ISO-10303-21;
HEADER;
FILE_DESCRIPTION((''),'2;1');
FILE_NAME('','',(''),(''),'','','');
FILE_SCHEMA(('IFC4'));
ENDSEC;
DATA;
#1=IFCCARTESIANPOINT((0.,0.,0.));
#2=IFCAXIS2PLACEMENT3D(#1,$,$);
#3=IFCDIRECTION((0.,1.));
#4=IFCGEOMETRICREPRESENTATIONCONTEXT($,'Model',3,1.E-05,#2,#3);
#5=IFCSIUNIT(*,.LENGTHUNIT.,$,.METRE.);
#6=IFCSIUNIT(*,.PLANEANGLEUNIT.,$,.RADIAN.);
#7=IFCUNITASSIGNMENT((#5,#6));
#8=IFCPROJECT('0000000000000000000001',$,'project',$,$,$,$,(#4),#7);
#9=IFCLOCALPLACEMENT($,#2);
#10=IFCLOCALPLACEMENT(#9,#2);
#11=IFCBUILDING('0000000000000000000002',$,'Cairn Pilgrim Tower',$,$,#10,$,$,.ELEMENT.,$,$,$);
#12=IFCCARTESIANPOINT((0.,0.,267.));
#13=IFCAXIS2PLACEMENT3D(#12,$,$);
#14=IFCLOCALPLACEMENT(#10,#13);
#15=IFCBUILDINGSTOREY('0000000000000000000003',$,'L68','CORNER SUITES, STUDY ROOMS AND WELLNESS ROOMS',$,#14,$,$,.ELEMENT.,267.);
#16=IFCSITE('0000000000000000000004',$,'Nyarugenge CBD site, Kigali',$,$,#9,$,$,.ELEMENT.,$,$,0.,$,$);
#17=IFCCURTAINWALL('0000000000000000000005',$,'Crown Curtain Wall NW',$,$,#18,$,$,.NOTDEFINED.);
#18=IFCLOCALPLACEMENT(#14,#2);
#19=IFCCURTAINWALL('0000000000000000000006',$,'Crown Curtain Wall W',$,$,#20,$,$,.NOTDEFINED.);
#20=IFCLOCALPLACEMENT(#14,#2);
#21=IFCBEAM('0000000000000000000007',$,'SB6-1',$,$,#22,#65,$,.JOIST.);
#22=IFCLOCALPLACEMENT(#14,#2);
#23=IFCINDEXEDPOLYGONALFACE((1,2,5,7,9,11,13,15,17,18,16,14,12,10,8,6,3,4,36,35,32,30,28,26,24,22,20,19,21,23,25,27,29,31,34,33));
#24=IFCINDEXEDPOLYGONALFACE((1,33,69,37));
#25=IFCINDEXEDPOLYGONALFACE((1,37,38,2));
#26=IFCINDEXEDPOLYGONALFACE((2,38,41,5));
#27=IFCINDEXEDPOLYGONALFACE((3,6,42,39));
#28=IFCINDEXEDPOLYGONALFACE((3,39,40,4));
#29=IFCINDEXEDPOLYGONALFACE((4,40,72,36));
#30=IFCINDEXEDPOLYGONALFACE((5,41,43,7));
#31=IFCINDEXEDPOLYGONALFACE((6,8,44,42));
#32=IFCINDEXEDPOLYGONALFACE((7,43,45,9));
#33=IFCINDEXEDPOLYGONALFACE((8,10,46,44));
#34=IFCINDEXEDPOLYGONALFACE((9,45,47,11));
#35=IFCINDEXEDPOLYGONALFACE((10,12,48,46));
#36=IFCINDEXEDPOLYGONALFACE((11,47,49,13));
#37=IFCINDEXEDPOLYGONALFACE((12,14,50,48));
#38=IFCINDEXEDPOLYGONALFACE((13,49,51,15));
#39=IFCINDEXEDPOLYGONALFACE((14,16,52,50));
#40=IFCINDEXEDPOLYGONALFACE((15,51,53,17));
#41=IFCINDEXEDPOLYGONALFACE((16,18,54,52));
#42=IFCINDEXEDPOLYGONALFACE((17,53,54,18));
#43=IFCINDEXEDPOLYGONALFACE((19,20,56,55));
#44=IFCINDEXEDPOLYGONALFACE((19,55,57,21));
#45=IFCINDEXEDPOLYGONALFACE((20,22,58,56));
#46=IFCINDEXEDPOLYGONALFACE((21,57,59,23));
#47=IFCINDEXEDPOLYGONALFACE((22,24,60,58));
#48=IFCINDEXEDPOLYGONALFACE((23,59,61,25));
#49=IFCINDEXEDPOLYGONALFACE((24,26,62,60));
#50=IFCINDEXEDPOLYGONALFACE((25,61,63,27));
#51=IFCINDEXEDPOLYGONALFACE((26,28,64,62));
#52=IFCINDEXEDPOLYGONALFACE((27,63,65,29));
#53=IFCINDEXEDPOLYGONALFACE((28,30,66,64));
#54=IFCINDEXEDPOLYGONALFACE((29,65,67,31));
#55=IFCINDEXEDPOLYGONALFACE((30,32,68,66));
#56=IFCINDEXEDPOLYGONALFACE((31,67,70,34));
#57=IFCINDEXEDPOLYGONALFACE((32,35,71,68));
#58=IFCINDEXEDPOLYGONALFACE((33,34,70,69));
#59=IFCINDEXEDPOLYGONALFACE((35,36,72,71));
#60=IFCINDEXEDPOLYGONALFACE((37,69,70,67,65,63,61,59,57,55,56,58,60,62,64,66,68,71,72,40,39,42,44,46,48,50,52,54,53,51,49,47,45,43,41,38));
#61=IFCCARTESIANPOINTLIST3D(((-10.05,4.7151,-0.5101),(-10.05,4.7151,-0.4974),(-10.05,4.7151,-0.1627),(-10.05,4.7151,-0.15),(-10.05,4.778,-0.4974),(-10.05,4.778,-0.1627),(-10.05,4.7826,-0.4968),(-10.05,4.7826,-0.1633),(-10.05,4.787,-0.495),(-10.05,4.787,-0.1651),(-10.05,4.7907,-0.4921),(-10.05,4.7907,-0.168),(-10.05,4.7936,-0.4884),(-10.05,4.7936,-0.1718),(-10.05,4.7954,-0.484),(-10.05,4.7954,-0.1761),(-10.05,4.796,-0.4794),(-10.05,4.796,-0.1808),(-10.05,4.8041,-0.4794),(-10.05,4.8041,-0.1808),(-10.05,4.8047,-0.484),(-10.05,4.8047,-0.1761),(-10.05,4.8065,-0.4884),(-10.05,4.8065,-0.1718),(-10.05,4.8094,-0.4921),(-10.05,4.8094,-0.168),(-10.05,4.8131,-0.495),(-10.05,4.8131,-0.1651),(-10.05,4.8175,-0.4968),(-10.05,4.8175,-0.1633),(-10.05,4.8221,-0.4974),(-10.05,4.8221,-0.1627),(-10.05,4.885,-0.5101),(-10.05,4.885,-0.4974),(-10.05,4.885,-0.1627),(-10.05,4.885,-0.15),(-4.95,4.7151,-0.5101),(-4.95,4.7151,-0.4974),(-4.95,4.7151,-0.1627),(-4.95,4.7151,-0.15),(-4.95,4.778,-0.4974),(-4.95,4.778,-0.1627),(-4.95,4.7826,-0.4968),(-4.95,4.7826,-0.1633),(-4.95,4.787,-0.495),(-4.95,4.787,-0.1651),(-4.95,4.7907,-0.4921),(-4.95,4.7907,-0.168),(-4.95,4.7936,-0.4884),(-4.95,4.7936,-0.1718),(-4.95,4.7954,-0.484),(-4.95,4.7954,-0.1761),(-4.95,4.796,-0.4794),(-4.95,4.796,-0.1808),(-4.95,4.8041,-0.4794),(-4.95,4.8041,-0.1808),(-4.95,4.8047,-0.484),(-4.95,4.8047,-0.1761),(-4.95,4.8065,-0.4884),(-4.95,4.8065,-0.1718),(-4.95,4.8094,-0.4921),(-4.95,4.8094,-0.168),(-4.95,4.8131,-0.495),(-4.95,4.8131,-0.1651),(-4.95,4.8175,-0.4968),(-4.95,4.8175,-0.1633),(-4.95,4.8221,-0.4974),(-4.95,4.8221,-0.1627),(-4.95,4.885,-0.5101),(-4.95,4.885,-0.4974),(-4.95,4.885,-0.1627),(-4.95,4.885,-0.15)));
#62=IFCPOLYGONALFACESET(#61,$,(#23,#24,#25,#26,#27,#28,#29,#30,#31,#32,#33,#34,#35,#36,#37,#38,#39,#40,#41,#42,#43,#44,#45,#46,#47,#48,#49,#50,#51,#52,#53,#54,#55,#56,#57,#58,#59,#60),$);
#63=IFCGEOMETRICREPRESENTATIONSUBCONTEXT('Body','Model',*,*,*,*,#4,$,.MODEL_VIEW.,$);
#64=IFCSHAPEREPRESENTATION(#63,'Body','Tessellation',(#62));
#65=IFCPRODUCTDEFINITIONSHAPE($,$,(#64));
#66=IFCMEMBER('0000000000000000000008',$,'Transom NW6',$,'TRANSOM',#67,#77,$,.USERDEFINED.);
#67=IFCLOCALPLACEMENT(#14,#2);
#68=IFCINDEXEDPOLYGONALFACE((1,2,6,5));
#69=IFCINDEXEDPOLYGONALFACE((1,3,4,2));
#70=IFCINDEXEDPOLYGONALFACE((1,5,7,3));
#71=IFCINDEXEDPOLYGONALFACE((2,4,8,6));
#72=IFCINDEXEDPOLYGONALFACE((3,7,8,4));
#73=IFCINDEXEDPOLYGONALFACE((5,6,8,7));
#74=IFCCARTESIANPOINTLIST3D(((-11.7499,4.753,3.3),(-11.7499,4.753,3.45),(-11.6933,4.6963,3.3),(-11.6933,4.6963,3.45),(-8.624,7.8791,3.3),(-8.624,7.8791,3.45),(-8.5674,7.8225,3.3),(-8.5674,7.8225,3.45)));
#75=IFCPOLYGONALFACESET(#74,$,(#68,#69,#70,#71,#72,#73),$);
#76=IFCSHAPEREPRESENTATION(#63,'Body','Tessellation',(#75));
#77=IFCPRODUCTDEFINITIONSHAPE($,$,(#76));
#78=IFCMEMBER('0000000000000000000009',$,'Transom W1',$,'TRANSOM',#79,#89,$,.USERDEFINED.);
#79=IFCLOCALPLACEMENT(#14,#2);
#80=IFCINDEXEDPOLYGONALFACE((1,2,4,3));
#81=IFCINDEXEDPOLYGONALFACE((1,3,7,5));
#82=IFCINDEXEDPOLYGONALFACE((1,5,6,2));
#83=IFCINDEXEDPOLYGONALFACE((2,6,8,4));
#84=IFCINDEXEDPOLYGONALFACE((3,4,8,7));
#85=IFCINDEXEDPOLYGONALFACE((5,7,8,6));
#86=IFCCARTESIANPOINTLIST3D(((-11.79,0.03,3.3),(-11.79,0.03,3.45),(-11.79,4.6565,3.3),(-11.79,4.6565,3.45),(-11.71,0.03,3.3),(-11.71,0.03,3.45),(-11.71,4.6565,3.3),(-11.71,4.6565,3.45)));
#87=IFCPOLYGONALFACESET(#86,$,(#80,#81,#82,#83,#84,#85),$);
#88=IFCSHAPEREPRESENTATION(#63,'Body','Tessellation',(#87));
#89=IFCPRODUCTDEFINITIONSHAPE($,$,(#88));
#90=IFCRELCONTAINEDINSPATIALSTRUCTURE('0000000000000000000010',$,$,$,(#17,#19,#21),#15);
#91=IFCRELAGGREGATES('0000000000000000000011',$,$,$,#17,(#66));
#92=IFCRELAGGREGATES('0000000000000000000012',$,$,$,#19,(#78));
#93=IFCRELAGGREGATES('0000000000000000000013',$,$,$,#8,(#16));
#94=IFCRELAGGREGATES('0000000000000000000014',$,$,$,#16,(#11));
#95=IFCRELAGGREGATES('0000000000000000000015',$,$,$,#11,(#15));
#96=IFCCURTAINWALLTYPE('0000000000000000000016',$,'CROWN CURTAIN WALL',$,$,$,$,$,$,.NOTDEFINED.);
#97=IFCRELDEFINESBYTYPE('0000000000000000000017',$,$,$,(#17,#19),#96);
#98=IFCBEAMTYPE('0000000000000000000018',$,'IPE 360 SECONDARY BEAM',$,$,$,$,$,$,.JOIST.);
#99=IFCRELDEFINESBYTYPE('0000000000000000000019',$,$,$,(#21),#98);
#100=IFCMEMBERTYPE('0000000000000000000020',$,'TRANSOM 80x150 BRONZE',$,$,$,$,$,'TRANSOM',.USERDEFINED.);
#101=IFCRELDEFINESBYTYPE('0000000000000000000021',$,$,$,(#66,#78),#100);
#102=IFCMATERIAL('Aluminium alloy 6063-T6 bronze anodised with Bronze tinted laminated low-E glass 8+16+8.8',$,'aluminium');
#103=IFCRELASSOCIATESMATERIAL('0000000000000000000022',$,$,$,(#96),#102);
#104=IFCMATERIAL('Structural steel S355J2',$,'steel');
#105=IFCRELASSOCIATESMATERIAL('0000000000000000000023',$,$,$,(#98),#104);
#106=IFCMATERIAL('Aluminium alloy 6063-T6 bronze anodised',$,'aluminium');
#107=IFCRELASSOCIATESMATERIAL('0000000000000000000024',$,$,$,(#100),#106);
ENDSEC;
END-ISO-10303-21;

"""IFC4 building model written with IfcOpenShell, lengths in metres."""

from ifc_helpers import new_model, si_unit, direction, frame, origin, origin_2d, place, context, subcontext, project, spatial, rectangle, i_section, extrude, material, material_profile, profile_set, type_object, element, aggregate, save


model = new_model("IFC4")

# Units and contexts
model_context = context("Model", 3, precision=1e-05, world=origin(), true_north=direction((0.0, 1.0)))
body_context = subcontext(model_context, "Body", "Model", "MODEL_VIEW")
ifc_project = project(units=[si_unit("LENGTHUNIT", "METRE"), si_unit("PLANEANGLEUNIT", "RADIAN")], contexts=[model_context])

# Site, building, storey
site_placement = place(None, origin())
site = spatial("IfcSite", under=ifc_project, at=site_placement, Name="Nyarugenge CBD site, Kigali", CompositionType="ELEMENT", RefElevation=0.0)
building_placement = place(site_placement, origin())
building = spatial("IfcBuilding", under=site, at=building_placement, Name="Cairn Pilgrim Tower", CompositionType="ELEMENT")
storey_placement = place(building_placement, frame((0.0, 0.0, 267.0)))
storey = spatial("IfcBuildingStorey", under=building, at=storey_placement, Name="L68", Description="CORNER SUITES, STUDY ROOMS AND WELLNESS ROOMS", CompositionType="ELEMENT", Elevation=267.0)

# Shared definitions
ifc_material_1 = material(Name="Structural steel S355J2", Category="steel")

# Curtain walls
ifc_material_2 = material(Name="Aluminium alloy 6063-T6 bronze anodised with Bronze tinted laminated low-E glass 8+16+8.8", Category="aluminium")
curtain_wall_type = type_object("IfcCurtainWallType", Name="CROWN CURTAIN WALL", PredefinedType="NOTDEFINED", material=ifc_material_2)
curtain_wall_1_placement = place(storey_placement, origin())
curtain_wall_1 = element("IfcCurtainWall", 1, at=curtain_wall_1_placement, inside=storey, type_object=curtain_wall_type, Name="Crown Curtain Wall NW", PredefinedType="NOTDEFINED")
ifc_material_3 = material(Name="Aluminium alloy 6063-T6 bronze anodised", Category="aluminium")
curtain_wall_2_placement = place(storey_placement, origin())
curtain_wall_2 = element("IfcCurtainWall", 2, at=curtain_wall_2_placement, inside=storey, type_object=curtain_wall_type, Name="Crown Curtain Wall W", PredefinedType="NOTDEFINED")

# Beam
ifc_material_profile_1 = material_profile(ifc_material_1, i_section(OverallWidth=0.1699, OverallDepth=0.3601, WebThickness=0.0081, FlangeThickness=0.0127, FilletRadius=0.0181, at=origin_2d()), Name="IPE 360")
ifc_profile_set_1 = profile_set([ifc_material_profile_1], Name="Structural steel S355J2")
beam_type_1 = type_object("IfcBeamType", Name="IPE 360 SECONDARY BEAM", PredefinedType="JOIST", material=ifc_profile_set_1)
beam_1_placement = place(storey_placement, frame((-10.05, 4.8, -0.3301), z_axis=(1.0, 0.0, 0.0), x_axis=(0.0, 1.0, 0.0)))
element("IfcBeam", 3, at=beam_1_placement, inside=storey, type_object=beam_type_1, Name="SB6-1", PredefinedType="JOIST", context=body_context, shape_type="SweptSolid", body=[
    extrude(i_section(OverallWidth=0.1699, OverallDepth=0.3601, WebThickness=0.0081, FlangeThickness=0.0127, FilletRadius=0.0181, at=origin_2d()), origin(), (0.0, 0.0, 1.0), 5.1001),
])

# Members
ifc_material_profile_2 = material_profile(ifc_material_3, rectangle(XDim=0.0801, YDim=0.1499, at=origin_2d()), Name="TRANSOM 80x150 BRONZE")
ifc_profile_set_2 = profile_set([ifc_material_profile_2], Name="Aluminium alloy 6063-T6 bronze anodised")
member_type_1 = type_object("IfcMemberType", Name="TRANSOM 80x150 BRONZE", ElementType="TRANSOM", PredefinedType="USERDEFINED", material=ifc_profile_set_2)
member_1_placement = place(storey_placement, frame((-8.5957, 7.8508, 3.375), z_axis=(-0.707079, -0.707134, 0.0), x_axis=(0.707134, -0.707079, 0.0)))
member_1 = element("IfcMember", 4, at=member_1_placement, type_object=member_type_1, Name="Transom NW6", ObjectType="TRANSOM", PredefinedType="USERDEFINED", context=body_context, shape_type="SweptSolid", body=[
    extrude(rectangle(XDim=0.0801, YDim=0.1499, at=origin_2d()), origin(), (0.0, 0.0, 1.0), 4.4209),
])
member_2_placement = place(storey_placement, frame((-11.75, 4.6565, 3.375), z_axis=(0.0, -1.0, 0.0), x_axis=(1.0, 0.0, 0.0)))
member_2 = element("IfcMember", 5, at=member_2_placement, type_object=member_type_1, Name="Transom W1", ObjectType="TRANSOM", PredefinedType="USERDEFINED", context=body_context, shape_type="SweptSolid", body=[
    extrude(rectangle(XDim=0.0801, YDim=0.1499, at=origin_2d()), origin(), (0.0, 0.0, 1.0), 4.6265),
])

aggregate(curtain_wall_1, [member_1])
aggregate(curtain_wall_2, [member_2])

save(model, "model.ifc")
